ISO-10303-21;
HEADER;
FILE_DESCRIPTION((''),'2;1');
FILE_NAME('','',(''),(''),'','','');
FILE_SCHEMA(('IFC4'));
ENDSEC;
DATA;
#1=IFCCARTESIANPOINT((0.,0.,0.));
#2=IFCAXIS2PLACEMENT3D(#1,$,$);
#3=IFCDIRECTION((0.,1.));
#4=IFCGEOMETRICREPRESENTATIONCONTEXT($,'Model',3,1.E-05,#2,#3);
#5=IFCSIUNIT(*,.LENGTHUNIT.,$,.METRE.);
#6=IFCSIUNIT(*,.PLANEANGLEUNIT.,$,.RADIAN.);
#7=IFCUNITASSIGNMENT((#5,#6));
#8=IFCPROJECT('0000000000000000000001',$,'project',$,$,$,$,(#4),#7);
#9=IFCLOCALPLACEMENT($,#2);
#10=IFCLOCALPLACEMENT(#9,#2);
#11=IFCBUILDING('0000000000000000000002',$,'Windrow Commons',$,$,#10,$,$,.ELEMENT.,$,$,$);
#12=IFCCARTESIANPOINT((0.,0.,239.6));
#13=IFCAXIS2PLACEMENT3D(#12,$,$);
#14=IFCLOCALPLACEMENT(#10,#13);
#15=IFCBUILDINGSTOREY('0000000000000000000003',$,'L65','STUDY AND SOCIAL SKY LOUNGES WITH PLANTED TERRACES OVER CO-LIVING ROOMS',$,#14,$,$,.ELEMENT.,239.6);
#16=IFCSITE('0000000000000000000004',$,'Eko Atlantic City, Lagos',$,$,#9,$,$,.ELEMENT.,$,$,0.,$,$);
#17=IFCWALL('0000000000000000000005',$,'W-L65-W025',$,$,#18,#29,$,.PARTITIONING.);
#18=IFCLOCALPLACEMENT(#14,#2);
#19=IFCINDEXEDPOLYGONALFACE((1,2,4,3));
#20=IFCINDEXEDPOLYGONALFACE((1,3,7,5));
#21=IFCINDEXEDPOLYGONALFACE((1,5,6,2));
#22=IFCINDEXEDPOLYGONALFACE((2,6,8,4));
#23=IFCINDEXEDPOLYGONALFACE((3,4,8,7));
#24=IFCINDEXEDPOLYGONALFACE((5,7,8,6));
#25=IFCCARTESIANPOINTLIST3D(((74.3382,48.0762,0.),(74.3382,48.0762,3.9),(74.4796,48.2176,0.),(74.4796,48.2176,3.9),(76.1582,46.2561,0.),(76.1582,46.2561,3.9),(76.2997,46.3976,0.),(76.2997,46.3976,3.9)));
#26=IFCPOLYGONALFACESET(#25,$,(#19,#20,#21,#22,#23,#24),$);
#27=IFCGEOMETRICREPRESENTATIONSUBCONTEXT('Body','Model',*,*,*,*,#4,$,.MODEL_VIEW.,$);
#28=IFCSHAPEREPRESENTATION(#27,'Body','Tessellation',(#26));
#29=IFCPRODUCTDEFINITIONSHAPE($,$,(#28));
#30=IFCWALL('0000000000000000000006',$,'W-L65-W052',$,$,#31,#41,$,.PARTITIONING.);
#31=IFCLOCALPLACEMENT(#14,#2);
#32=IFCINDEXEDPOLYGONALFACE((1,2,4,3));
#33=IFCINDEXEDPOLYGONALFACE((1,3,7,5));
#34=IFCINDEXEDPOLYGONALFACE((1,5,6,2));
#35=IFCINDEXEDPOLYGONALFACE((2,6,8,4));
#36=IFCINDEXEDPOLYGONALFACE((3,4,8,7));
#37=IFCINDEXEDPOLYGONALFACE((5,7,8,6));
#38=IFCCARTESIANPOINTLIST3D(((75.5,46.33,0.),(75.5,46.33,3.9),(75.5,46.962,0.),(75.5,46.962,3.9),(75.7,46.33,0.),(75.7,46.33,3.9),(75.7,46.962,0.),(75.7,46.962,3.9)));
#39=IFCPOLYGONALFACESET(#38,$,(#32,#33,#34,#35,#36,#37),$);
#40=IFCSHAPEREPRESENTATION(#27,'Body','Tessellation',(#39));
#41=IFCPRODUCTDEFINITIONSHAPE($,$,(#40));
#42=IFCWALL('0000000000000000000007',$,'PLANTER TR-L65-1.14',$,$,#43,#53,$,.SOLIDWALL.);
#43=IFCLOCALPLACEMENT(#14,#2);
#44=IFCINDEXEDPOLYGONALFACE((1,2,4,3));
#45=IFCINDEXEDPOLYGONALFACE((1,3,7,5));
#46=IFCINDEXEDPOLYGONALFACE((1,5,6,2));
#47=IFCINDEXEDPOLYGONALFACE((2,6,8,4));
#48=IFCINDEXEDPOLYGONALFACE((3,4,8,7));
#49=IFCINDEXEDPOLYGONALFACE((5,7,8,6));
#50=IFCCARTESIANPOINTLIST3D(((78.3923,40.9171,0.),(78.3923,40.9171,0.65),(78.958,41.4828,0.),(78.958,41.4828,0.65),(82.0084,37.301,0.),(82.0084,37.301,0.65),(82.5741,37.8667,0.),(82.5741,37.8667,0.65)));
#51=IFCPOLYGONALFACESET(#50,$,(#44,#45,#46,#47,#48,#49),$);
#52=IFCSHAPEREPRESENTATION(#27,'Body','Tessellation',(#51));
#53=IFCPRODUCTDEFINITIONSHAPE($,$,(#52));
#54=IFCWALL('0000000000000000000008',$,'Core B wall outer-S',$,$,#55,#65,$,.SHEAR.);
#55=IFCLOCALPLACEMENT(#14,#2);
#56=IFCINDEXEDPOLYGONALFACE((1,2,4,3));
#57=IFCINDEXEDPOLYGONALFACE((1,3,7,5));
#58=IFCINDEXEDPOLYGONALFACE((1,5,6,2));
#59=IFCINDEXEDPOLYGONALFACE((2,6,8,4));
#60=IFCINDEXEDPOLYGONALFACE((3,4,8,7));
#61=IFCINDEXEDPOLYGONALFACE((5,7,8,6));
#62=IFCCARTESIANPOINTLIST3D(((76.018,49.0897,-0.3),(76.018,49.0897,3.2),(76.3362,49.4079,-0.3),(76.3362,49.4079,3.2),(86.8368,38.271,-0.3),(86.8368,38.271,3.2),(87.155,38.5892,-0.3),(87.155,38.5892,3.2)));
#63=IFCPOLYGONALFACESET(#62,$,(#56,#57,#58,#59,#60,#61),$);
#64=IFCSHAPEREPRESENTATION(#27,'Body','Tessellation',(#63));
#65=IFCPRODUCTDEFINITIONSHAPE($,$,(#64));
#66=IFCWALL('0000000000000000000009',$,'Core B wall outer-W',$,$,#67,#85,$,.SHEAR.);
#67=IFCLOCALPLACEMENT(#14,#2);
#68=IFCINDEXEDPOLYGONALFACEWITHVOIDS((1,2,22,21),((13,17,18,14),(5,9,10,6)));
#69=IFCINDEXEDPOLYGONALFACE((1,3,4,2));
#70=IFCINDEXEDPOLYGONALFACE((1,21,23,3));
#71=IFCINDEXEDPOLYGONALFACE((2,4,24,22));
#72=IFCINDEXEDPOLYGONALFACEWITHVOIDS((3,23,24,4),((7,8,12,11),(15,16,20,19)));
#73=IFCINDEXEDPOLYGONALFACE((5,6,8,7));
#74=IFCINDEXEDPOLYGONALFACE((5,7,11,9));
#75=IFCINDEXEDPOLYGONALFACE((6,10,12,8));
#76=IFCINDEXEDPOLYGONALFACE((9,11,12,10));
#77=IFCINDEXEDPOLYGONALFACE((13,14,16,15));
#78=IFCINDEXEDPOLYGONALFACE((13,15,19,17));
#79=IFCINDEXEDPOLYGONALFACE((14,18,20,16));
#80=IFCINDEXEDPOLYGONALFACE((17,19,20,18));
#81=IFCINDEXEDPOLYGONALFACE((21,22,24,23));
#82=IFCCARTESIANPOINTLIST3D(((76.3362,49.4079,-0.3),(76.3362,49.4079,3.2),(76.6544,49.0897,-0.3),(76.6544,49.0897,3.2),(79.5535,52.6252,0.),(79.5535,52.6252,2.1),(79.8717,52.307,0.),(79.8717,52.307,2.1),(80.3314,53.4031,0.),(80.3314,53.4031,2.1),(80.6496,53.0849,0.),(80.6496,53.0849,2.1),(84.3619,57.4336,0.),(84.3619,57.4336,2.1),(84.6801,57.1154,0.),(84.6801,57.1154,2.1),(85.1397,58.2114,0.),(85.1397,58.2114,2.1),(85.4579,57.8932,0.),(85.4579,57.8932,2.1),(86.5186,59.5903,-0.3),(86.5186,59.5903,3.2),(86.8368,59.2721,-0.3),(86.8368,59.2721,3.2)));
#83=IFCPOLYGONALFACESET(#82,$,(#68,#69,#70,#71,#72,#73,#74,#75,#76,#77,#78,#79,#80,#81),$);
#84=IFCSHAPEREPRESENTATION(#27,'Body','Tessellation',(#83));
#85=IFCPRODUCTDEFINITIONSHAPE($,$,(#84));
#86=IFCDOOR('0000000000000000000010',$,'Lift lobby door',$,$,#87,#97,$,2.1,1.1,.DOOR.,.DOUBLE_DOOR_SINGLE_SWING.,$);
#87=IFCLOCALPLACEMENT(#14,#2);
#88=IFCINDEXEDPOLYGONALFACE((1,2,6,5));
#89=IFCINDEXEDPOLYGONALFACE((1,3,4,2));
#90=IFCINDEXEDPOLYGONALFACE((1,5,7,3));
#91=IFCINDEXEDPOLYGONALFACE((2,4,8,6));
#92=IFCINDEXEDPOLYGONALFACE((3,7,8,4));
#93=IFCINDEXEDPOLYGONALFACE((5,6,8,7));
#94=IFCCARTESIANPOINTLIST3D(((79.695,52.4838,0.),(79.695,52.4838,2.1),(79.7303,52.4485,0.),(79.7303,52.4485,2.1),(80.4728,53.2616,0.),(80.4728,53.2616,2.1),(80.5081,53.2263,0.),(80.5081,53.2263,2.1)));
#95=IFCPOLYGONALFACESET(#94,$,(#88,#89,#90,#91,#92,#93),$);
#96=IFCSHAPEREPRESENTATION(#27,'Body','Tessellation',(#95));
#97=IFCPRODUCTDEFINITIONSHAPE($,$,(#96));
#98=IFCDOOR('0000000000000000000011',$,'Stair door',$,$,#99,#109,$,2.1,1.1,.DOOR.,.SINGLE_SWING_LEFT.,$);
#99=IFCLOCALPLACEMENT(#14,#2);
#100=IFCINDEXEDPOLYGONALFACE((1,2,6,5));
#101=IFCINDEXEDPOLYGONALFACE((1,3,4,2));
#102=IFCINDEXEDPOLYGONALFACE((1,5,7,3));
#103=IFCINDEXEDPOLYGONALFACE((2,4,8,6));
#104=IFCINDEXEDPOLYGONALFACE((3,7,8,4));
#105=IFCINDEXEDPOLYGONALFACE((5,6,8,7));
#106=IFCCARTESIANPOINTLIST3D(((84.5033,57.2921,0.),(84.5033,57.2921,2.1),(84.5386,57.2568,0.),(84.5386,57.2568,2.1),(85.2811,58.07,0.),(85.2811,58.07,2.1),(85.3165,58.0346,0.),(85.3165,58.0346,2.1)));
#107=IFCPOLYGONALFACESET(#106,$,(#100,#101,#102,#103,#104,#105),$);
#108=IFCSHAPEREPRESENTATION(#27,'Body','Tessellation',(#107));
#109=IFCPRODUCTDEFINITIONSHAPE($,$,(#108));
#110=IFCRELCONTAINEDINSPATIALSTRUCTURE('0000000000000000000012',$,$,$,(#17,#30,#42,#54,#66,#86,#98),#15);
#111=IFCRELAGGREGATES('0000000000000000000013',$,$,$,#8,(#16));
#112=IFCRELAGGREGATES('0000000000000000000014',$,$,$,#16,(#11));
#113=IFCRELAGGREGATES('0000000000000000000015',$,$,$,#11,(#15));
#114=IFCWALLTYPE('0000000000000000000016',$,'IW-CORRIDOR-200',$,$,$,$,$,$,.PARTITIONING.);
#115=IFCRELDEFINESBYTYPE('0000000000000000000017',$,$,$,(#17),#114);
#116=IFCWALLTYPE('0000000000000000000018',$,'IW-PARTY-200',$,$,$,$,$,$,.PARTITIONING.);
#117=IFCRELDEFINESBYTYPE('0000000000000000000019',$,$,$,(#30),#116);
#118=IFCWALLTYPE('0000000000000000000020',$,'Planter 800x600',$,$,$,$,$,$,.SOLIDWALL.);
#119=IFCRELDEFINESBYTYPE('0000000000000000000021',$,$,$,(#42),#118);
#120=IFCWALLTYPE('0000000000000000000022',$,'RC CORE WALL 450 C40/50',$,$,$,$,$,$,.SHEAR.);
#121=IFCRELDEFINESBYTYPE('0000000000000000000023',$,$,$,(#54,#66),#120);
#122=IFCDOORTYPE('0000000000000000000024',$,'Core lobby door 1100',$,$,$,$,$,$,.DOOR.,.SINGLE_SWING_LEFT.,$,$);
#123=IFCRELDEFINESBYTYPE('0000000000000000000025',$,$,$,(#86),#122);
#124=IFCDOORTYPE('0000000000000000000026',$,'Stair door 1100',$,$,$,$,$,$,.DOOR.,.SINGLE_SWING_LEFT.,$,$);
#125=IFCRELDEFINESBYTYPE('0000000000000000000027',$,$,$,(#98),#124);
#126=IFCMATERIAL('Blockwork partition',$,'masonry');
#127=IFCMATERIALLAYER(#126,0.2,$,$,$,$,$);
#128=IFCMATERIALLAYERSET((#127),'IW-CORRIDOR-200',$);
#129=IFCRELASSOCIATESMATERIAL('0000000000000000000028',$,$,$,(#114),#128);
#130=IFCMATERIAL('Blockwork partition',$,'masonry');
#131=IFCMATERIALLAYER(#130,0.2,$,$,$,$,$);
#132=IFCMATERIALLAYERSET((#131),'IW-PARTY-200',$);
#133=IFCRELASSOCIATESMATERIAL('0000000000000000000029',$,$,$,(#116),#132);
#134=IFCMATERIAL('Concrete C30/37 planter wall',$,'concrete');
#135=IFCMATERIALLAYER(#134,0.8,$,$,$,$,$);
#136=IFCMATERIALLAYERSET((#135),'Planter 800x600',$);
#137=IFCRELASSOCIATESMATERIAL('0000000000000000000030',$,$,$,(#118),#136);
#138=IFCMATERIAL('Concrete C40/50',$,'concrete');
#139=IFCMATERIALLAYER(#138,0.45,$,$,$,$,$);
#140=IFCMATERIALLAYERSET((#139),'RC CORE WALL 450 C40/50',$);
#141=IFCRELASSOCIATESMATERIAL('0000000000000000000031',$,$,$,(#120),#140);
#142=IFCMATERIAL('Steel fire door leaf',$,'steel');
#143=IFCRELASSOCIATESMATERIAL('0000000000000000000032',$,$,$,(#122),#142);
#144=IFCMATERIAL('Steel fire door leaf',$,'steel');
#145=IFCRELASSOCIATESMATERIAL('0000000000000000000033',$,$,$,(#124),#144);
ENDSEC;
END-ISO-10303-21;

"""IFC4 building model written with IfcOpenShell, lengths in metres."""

from ifc_helpers import new_model, si_unit, direction, frame, frame_2d, origin, place, context, subcontext, project, spatial, rectangle, extrude, material, layer, layer_set, type_object, element, fill, save


model = new_model("IFC4")

# Units and contexts
model_context = context("Model", 3, precision=1e-05, world=origin(), true_north=direction((0.0, 1.0)))
body_context = subcontext(model_context, "Body", "Model", "MODEL_VIEW")
ifc_project = project(units=[si_unit("LENGTHUNIT", "METRE"), si_unit("PLANEANGLEUNIT", "RADIAN")], contexts=[model_context])

# Site, building, storey
site_placement = place(None, origin())
site = spatial("IfcSite", under=ifc_project, at=site_placement, Name="Eko Atlantic City, Lagos", CompositionType="ELEMENT", RefElevation=0.0)
building_placement = place(site_placement, origin())
building = spatial("IfcBuilding", under=site, at=building_placement, Name="Windrow Commons", CompositionType="ELEMENT")
storey_placement = place(building_placement, frame((0.0, 0.0, 239.6)))
storey = spatial("IfcBuildingStorey", under=building, at=storey_placement, Name="L65", Description="STUDY AND SOCIAL SKY LOUNGES WITH PLANTED TERRACES OVER CO-LIVING ROOMS", CompositionType="ELEMENT", Elevation=239.6)

# Walls
ifc_material_1 = material(Name="Blockwork partition", Category="masonry")
ifc_layer_1 = layer(ifc_material_1, 0.2)
ifc_layer_set_1 = layer_set([ifc_layer_1], Name="IW-CORRIDOR-200")
wall_type_1 = type_object("IfcWallType", Name="IW-CORRIDOR-200", PredefinedType="PARTITIONING", material=ifc_layer_set_1)
wall_1_placement = place(storey_placement, frame((74.4089, 48.1469, 0.0), z_axis=(0.0, 0.0, 1.0), x_axis=(0.707107, -0.707107, 0.0)))
element("IfcWall", 1, at=wall_1_placement, inside=storey, type_object=wall_type_1, Name="W-L65-W025", PredefinedType="PARTITIONING", context=body_context, shape_type="SweptSolid", body=[
    extrude(rectangle(XDim=2.5739, YDim=0.2, at=frame_2d((1.287, 0.0))), origin(), (0.0, 0.0, 1.0), 3.9),
])
ifc_material_2 = material(Name="Blockwork partition", Category="masonry")
ifc_layer_2 = layer(ifc_material_2, 0.2)
ifc_layer_set_2 = layer_set([ifc_layer_2], Name="IW-PARTY-200")
wall_type_2 = type_object("IfcWallType", Name="IW-PARTY-200", PredefinedType="PARTITIONING", material=ifc_layer_set_2)
wall_2_placement = place(storey_placement, frame((75.6, 46.33, 0.0), z_axis=(0.0, 0.0, 1.0), x_axis=(0.0, 1.0, 0.0)))
element("IfcWall", 2, at=wall_2_placement, inside=storey, type_object=wall_type_2, Name="W-L65-W052", PredefinedType="PARTITIONING", context=body_context, shape_type="SweptSolid", body=[
    extrude(rectangle(XDim=0.632, YDim=0.2, at=frame_2d((0.316, 0.0))), origin(), (0.0, 0.0, 1.0), 3.9),
])
ifc_material_3 = material(Name="Concrete C30/37 planter wall", Category="concrete")
ifc_layer_3 = layer(ifc_material_3, 0.8)
ifc_layer_set_3 = layer_set([ifc_layer_3], Name="Planter 800x600")
wall_type_3 = type_object("IfcWallType", Name="Planter 800x600", PredefinedType="SOLIDWALL", material=ifc_layer_set_3)
wall_3_placement = place(storey_placement, frame((78.6751, 41.2, 0.0), z_axis=(0.0, 0.0, 1.0), x_axis=(0.707107, -0.707107, 0.0)))
element("IfcWall", 3, at=wall_3_placement, inside=storey, type_object=wall_type_3, Name="PLANTER TR-L65-1.14", PredefinedType="SOLIDWALL", context=body_context, shape_type="SweptSolid", body=[
    extrude(rectangle(XDim=5.1139, YDim=0.8, at=frame_2d((2.557, 0.0))), origin(), (0.0, 0.0, 1.0), 0.65),
])
ifc_material_4 = material(Name="Concrete C40/50", Category="concrete")
ifc_layer_4 = layer(ifc_material_4, 0.45)
ifc_layer_set_4 = layer_set([ifc_layer_4], Name="RC CORE WALL 450 C40/50")
wall_type_4 = type_object("IfcWallType", Name="RC CORE WALL 450 C40/50", PredefinedType="SHEAR", material=ifc_layer_set_4)
wall_4_placement = place(storey_placement, frame((76.1771, 49.2488, -0.3), z_axis=(0.0, 0.0, 1.0), x_axis=(0.70711, -0.707104, 0.0)))
element("IfcWall", 4, at=wall_4_placement, inside=storey, type_object=wall_type_4, Name="Core B wall outer-S", PredefinedType="SHEAR", context=body_context, shape_type="SweptSolid", body=[
    extrude(rectangle(XDim=15.3, YDim=0.45, at=frame_2d((7.65, 0.0))), origin(), (0.0, 0.0, 1.0), 3.5),
])

# Wall, openings, doors
wall_5_placement = place(storey_placement, frame((76.4953, 49.2488, -0.3), z_axis=(0.0, 0.0, 1.0), x_axis=(0.707107, 0.707107, 0.0)))
wall_5 = element("IfcWall", 5, at=wall_5_placement, inside=storey, type_object=wall_type_4, Name="Core B wall outer-W", PredefinedType="SHEAR", context=body_context, shape_type="SweptSolid", body=[
    extrude(rectangle(XDim=14.4001, YDim=0.45, at=frame_2d((7.2001, 0.0))), origin(), (0.0, 0.0, 1.0), 3.5),
])
opening_1_placement = place(wall_5_placement, frame((4.55, 0.0, 0.3)))
opening_1 = element("IfcOpeningElement", 6, at=opening_1_placement, cuts=wall_5, PredefinedType="OPENING", context=body_context, shape_type="SweptSolid", body=[
    extrude(rectangle(XDim=1.1, YDim=2.1, at=frame_2d((0.55, 1.05))), frame((0.0, 0.235, 0.0), z_axis=(0.0, -1.0, 0.0), x_axis=(1.0, 0.0, 0.0)), (0.0, 0.0, 1.0), 0.47),
])
opening_2_placement = place(wall_5_placement, frame((11.35, 0.0, 0.3)))
opening_2 = element("IfcOpeningElement", 7, at=opening_2_placement, cuts=wall_5, PredefinedType="OPENING", context=body_context, shape_type="SweptSolid", body=[
    extrude(rectangle(XDim=1.1, YDim=2.1, at=frame_2d((0.55, 1.05))), frame((0.0, 0.235, 0.0), z_axis=(0.0, -1.0, 0.0), x_axis=(1.0, 0.0, 0.0)), (0.0, 0.0, 1.0), 0.47),
])
ifc_material_5 = material(Name="Steel fire door leaf", Category="steel")
door_type_1 = type_object("IfcDoorType", Name="Core lobby door 1100", OperationType="SINGLE_SWING_LEFT", PredefinedType="DOOR", material=ifc_material_5)
door_1_placement = place(opening_1_placement, origin())
door_1 = element("IfcDoor", 8, at=door_1_placement, inside=storey, type_object=door_type_1, Name="Lift lobby door", OperationType="DOUBLE_DOOR_SINGLE_SWING", OverallHeight=2.1, OverallWidth=1.1, PredefinedType="DOOR", context=body_context, shape_type="SweptSolid", body=[
    extrude(rectangle(XDim=1.1, YDim=2.1, at=frame_2d((0.55, 1.05))), frame((0.0, 0.025, 0.0), z_axis=(0.0, -1.0, 0.0), x_axis=(1.0, 0.0, 0.0)), (0.0, 0.0, 1.0), 0.05),
])
fill(opening_1, door_1)
ifc_material_6 = material(Name="Steel fire door leaf", Category="steel")
door_type_2 = type_object("IfcDoorType", Name="Stair door 1100", OperationType="SINGLE_SWING_LEFT", PredefinedType="DOOR", material=ifc_material_6)
door_2_placement = place(opening_2_placement, origin())
door_2 = element("IfcDoor", 9, at=door_2_placement, inside=storey, type_object=door_type_2, Name="Stair door", OperationType="SINGLE_SWING_LEFT", OverallHeight=2.1, OverallWidth=1.1, PredefinedType="DOOR", context=body_context, shape_type="SweptSolid", body=[
    extrude(rectangle(XDim=1.1, YDim=2.1, at=frame_2d((0.55, 1.05))), frame((0.0, 0.025, 0.0), z_axis=(0.0, -1.0, 0.0), x_axis=(1.0, 0.0, 0.0)), (0.0, 0.0, 1.0), 0.05),
])
fill(opening_2, door_2)

save(model, "model.ifc")
